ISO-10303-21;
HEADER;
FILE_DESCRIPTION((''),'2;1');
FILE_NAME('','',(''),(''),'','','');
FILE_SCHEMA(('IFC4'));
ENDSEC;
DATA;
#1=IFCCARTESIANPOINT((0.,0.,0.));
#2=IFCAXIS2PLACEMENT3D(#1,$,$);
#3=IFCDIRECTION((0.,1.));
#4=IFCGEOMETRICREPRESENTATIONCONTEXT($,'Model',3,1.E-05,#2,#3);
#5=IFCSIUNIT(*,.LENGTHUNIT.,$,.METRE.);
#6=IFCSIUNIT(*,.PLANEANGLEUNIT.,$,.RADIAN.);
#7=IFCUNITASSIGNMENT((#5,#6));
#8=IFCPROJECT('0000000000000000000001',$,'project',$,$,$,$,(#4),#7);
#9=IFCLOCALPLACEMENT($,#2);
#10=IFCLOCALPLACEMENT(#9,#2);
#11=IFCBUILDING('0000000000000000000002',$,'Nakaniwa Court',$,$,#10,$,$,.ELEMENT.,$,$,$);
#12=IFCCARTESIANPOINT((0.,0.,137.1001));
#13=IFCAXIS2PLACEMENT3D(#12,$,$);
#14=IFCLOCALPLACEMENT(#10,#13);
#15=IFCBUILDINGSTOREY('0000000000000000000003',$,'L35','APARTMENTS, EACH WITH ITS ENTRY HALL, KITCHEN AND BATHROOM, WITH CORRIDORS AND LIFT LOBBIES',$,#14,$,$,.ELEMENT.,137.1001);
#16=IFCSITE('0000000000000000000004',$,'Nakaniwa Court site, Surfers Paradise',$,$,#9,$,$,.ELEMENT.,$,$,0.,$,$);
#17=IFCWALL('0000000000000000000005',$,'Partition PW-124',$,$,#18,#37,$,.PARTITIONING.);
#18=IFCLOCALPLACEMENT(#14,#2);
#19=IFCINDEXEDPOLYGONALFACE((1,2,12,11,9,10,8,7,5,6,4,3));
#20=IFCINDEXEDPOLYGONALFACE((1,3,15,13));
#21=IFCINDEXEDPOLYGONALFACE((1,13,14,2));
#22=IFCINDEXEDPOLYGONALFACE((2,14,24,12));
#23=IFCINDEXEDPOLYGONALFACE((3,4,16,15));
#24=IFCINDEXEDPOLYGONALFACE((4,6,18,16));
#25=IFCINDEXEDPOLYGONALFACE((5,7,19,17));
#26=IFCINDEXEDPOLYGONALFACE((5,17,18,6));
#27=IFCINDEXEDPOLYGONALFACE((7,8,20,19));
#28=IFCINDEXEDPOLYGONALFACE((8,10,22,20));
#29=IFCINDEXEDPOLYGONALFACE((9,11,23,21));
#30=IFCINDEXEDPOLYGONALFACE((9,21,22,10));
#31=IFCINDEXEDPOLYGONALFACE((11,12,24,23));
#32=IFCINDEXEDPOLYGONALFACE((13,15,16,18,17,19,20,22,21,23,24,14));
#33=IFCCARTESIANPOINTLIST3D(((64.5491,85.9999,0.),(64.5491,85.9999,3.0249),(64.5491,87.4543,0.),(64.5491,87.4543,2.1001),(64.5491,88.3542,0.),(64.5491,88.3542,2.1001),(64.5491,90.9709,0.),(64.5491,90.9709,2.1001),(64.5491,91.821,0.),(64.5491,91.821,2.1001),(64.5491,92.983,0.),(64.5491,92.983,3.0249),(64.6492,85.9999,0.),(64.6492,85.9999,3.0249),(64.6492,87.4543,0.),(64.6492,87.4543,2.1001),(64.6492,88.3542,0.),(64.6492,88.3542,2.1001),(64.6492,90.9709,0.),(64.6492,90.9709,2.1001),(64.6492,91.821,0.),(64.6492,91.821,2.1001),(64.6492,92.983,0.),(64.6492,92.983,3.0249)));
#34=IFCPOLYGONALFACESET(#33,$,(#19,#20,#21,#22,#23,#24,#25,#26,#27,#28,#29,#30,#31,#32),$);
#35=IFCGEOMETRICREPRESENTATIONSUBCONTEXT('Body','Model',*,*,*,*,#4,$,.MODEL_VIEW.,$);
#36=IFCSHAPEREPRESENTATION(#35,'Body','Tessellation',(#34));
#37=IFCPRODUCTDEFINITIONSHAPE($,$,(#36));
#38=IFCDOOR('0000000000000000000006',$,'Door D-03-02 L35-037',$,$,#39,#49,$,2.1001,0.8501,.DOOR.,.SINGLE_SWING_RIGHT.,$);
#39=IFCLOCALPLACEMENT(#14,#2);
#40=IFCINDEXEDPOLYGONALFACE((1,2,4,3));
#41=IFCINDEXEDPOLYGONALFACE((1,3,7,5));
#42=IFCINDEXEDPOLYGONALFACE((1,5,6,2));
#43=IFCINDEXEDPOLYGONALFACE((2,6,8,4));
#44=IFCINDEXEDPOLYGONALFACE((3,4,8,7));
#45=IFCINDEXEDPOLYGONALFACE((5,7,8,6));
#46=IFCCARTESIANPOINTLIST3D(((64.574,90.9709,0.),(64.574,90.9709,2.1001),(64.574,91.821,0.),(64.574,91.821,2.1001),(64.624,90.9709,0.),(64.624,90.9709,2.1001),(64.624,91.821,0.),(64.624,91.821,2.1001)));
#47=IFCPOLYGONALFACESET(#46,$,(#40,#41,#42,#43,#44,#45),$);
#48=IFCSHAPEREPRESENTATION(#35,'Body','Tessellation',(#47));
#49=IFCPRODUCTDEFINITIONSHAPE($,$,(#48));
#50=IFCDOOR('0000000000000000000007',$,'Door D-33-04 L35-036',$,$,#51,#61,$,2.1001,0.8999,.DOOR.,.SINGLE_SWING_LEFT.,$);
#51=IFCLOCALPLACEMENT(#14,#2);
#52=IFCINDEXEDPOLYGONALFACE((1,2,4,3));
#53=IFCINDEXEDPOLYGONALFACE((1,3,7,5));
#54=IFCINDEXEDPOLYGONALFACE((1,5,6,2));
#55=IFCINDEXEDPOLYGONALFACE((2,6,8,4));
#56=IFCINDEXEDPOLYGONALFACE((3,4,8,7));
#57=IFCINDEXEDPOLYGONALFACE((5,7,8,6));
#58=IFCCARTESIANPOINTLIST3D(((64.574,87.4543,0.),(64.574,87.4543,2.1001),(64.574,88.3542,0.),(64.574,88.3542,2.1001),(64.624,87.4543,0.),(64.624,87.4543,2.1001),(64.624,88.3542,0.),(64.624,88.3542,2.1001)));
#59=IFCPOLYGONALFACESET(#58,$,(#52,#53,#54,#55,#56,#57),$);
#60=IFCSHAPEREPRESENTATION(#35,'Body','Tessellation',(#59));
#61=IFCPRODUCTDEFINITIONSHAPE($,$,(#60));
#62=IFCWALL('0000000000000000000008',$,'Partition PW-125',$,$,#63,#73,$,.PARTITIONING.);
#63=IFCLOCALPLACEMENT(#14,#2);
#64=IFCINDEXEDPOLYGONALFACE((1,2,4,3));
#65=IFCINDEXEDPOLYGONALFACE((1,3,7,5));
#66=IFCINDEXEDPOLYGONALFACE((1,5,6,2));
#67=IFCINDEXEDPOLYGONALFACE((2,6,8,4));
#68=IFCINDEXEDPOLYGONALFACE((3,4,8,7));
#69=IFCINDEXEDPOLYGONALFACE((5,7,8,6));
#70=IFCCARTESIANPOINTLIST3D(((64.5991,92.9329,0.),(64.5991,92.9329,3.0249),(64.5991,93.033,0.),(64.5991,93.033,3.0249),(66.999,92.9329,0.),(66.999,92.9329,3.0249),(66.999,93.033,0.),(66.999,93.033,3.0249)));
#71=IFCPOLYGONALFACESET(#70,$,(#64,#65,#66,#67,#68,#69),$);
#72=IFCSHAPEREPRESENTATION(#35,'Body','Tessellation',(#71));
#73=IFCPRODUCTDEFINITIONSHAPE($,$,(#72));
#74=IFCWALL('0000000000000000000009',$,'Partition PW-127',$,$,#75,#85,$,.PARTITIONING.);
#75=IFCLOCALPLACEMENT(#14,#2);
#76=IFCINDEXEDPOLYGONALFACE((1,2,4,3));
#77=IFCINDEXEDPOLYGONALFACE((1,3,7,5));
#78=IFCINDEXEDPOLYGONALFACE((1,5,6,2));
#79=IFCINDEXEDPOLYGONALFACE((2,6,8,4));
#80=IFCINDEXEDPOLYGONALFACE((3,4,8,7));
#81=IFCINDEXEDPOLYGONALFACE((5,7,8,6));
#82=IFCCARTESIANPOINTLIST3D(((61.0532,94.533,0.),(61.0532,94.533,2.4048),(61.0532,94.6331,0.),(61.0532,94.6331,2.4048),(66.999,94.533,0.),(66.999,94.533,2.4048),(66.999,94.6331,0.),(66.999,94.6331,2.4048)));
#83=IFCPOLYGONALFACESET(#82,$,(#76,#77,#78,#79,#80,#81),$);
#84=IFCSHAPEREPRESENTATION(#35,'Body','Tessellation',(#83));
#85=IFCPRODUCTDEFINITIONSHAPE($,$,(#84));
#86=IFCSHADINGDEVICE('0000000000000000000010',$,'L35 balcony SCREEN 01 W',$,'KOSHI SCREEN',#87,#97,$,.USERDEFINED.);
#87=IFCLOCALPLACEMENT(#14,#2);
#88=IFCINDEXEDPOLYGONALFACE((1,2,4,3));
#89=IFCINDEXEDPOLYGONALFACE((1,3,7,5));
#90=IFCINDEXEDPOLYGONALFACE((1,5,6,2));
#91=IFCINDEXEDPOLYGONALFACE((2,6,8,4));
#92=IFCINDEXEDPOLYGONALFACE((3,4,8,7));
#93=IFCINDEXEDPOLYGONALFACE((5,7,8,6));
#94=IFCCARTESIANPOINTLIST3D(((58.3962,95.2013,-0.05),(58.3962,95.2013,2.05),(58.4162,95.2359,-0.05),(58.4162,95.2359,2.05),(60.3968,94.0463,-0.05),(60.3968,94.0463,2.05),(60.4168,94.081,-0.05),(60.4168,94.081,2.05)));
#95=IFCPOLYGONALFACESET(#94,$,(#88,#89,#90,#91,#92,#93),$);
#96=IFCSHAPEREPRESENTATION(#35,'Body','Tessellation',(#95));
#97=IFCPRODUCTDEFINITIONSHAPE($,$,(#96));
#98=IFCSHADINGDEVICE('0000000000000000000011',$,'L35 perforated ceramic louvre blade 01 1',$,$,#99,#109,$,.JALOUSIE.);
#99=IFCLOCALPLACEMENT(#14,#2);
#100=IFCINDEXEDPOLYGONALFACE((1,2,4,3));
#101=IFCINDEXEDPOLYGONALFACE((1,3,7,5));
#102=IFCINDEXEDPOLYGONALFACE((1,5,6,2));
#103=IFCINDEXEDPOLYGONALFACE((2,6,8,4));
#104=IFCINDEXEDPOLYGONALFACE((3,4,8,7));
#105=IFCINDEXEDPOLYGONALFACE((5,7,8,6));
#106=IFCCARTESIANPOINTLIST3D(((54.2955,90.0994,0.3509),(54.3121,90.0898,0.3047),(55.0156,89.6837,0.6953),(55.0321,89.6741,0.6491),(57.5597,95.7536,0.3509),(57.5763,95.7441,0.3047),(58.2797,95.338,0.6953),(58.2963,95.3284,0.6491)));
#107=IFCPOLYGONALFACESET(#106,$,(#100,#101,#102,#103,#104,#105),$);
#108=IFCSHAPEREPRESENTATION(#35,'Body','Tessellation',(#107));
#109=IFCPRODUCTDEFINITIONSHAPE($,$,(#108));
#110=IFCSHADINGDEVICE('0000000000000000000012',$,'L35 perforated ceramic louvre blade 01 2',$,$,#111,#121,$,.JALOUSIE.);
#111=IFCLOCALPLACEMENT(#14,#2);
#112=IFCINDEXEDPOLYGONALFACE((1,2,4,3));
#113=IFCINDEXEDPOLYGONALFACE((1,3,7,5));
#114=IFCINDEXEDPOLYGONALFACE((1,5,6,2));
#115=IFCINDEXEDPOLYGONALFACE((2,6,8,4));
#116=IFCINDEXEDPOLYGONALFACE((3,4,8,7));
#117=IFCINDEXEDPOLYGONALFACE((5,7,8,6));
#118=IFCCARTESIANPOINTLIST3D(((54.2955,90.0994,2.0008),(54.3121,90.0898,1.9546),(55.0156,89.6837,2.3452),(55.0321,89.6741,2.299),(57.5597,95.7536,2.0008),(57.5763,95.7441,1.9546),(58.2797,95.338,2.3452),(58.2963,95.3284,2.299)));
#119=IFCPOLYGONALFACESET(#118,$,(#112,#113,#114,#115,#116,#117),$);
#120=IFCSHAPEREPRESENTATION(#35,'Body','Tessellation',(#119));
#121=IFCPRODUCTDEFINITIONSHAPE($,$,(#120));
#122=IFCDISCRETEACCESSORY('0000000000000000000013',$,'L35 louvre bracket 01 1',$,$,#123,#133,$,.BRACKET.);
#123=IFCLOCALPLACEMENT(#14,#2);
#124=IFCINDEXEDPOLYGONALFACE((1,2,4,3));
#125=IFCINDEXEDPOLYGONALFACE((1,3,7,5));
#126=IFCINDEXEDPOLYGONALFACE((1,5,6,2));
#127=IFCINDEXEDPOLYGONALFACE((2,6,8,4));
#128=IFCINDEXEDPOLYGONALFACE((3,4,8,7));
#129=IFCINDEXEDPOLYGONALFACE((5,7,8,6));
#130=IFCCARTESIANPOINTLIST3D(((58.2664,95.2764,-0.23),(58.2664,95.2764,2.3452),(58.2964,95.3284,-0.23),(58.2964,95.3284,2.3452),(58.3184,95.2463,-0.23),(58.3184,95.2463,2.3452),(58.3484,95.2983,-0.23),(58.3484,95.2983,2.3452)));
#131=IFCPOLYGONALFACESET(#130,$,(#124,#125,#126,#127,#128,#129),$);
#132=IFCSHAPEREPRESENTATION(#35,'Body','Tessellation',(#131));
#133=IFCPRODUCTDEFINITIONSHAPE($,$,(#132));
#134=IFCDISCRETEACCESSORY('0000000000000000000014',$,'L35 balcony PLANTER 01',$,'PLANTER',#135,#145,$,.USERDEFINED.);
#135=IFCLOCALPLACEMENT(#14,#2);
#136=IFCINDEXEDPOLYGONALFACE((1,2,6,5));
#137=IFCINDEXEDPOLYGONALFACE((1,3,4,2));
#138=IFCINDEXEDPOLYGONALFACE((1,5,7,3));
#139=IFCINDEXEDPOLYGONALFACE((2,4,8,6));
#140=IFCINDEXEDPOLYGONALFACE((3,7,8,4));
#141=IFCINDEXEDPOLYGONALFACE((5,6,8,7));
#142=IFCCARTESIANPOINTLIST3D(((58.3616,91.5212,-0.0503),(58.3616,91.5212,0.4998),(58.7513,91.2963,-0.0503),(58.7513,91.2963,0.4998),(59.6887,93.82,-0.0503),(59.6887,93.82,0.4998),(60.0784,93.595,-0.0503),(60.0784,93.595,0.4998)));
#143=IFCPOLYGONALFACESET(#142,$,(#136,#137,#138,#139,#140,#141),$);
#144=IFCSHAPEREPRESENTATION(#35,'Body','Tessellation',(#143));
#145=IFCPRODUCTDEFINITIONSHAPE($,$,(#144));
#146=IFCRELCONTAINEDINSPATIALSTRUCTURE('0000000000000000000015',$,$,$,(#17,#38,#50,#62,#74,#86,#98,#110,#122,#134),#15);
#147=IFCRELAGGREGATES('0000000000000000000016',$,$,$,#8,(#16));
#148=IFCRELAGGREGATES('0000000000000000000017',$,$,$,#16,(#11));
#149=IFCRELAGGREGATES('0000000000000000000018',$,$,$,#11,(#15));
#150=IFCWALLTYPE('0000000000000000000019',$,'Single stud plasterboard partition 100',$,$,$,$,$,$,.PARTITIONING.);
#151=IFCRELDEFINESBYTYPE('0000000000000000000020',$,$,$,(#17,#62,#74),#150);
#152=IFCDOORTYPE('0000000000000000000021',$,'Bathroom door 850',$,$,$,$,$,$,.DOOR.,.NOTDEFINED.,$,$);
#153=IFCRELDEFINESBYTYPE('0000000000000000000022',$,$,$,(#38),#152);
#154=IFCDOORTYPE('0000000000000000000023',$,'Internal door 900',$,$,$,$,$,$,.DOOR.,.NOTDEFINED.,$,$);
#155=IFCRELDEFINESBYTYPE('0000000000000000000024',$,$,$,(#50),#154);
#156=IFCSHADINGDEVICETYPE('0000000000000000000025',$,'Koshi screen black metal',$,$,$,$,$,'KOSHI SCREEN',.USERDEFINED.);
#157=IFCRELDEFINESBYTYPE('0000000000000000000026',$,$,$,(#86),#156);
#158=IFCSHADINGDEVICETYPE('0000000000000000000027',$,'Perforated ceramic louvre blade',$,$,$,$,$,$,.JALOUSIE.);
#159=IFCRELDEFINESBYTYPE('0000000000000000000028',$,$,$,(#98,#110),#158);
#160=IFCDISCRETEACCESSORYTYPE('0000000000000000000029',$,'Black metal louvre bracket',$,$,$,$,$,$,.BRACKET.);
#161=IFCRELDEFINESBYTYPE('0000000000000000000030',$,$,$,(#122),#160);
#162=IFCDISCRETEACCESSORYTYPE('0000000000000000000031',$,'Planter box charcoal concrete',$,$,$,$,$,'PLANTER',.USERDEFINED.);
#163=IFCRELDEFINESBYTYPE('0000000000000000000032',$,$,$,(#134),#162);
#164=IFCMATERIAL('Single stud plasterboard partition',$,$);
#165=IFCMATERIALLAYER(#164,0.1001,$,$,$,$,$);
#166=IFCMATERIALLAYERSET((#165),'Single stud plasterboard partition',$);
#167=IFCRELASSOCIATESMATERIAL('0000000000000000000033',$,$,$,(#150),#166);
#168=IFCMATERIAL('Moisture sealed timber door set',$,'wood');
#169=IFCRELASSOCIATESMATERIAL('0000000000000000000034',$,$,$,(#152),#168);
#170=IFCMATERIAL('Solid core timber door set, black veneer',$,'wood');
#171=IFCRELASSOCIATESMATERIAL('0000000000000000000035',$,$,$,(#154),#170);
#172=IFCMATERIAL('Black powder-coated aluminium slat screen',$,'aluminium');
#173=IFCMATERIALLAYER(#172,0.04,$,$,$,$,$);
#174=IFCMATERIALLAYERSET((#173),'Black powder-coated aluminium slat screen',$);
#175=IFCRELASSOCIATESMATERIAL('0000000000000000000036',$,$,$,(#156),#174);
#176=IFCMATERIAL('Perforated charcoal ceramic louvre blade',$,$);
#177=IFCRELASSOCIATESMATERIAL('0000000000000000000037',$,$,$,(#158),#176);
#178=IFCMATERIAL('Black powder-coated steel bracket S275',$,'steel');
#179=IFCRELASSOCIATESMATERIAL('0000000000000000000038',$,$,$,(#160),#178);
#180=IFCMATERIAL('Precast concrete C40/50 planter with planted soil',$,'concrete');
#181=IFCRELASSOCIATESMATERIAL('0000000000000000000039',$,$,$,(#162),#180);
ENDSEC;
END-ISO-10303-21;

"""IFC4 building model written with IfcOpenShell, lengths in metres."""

from ifc_helpers import new_model, si_unit, direction, frame, frame_2d, origin, origin_2d, place, context, subcontext, project, spatial, rectangle, extrude, material, layer, layer_set, material_profile, profile_set, type_object, element, fill, save


model = new_model("IFC4")

# Units and contexts
model_context = context("Model", 3, precision=1e-05, world=origin(), true_north=direction((0.0, 1.0)))
body_context = subcontext(model_context, "Body", "Model", "MODEL_VIEW")
ifc_project = project(units=[si_unit("LENGTHUNIT", "METRE"), si_unit("PLANEANGLEUNIT", "RADIAN")], contexts=[model_context])

# Site, building, storey
site_placement = place(None, origin())
site = spatial("IfcSite", under=ifc_project, at=site_placement, Name="Nakaniwa Court site, Surfers Paradise", CompositionType="ELEMENT", RefElevation=0.0)
building_placement = place(site_placement, origin())
building = spatial("IfcBuilding", under=site, at=building_placement, Name="Nakaniwa Court", CompositionType="ELEMENT")
storey_placement = place(building_placement, frame((0.0, 0.0, 137.1001)))
storey = spatial("IfcBuildingStorey", under=building, at=storey_placement, Name="L35", Description="APARTMENTS, EACH WITH ITS ENTRY HALL, KITCHEN AND BATHROOM, WITH CORRIDORS AND LIFT LOBBIES", CompositionType="ELEMENT", Elevation=137.1001)

# Shared definitions
ifc_material_1 = material(Name="Solid core timber door set, black veneer", Category="wood")

# Wall, openings, doors
ifc_material_2 = material(Name="Single stud plasterboard partition")
ifc_layer_1 = layer(ifc_material_2, 0.1001)
ifc_layer_set_1 = layer_set([ifc_layer_1], Name="Single stud plasterboard partition")
wall_type_1 = type_object("IfcWallType", Name="Single stud plasterboard partition 100", PredefinedType="PARTITIONING", material=ifc_layer_set_1)
wall_1_placement = place(storey_placement, frame((64.5991, 92.9832, 0.0), z_axis=(0.0, 0.0, 1.0), x_axis=(0.0, -1.0, 0.0)))
wall_1 = element("IfcWall", 1, at=wall_1_placement, inside=storey, type_object=wall_type_1, Name="Partition PW-124", PredefinedType="PARTITIONING", context=body_context, shape_type="SweptSolid", body=[
    extrude(rectangle(XDim=6.9832, YDim=0.1001, at=frame_2d((3.4917, 0.0))), origin(), (0.0, 0.0, 1.0), 3.0249),
])
opening_1_placement = place(wall_1_placement, frame((4.6289, 0.0, 0.0)))
opening_1 = element("IfcOpeningElement", 2, at=opening_1_placement, cuts=wall_1, PredefinedType="OPENING", context=body_context, shape_type="SweptSolid", body=[
    extrude(rectangle(XDim=0.8999, YDim=2.1001, at=frame_2d((0.45, 1.05))), frame((0.0, 0.0601, 0.0), z_axis=(0.0, -1.0, 0.0), x_axis=(1.0, 0.0, 0.0)), (0.0, 0.0, 1.0), 0.1201),
])
opening_2_placement = place(wall_1_placement, frame((1.1621, 0.0, 0.0)))
opening_2 = element("IfcOpeningElement", 3, at=opening_2_placement, cuts=wall_1, PredefinedType="OPENING", context=body_context, shape_type="SweptSolid", body=[
    extrude(rectangle(XDim=0.8501, YDim=2.1001, at=frame_2d((0.425, 1.05))), frame((0.0, 0.0601, 0.0), z_axis=(0.0, -1.0, 0.0), x_axis=(1.0, 0.0, 0.0)), (0.0, 0.0, 1.0), 0.1201),
])
ifc_material_3 = material(Name="Moisture sealed timber door set", Category="wood")
door_type_1 = type_object("IfcDoorType", Name="Bathroom door 850", OperationType="NOTDEFINED", PredefinedType="DOOR", material=ifc_material_3)
door_1_placement = place(opening_2_placement, origin())
door_1 = element("IfcDoor", 4, at=door_1_placement, inside=storey, type_object=door_type_1, Name="Door D-03-02 L35-037", OperationType="SINGLE_SWING_RIGHT", OverallHeight=2.1001, OverallWidth=0.8501, PredefinedType="DOOR", context=body_context, shape_type="SweptSolid", body=[
    extrude(rectangle(XDim=0.8501, YDim=2.1001, at=frame_2d((0.425, 1.05))), frame((0.0, 0.0249, 0.0), z_axis=(0.0, -1.0, 0.0), x_axis=(1.0, 0.0, 0.0)), (0.0, 0.0, 1.0), 0.05),
])
fill(opening_2, door_1)
door_type_2 = type_object("IfcDoorType", Name="Internal door 900", OperationType="NOTDEFINED", PredefinedType="DOOR", material=ifc_material_1)
door_2_placement = place(opening_1_placement, origin())
door_2 = element("IfcDoor", 5, at=door_2_placement, inside=storey, type_object=door_type_2, Name="Door D-33-04 L35-036", OperationType="SINGLE_SWING_LEFT", OverallHeight=2.1001, OverallWidth=0.8999, PredefinedType="DOOR", context=body_context, shape_type="SweptSolid", body=[
    extrude(rectangle(XDim=0.8999, YDim=2.1001, at=frame_2d((0.45, 1.05))), frame((0.0, 0.0249, 0.0), z_axis=(0.0, -1.0, 0.0), x_axis=(1.0, 0.0, 0.0)), (0.0, 0.0, 1.0), 0.05),
])
fill(opening_1, door_2)

# Walls
wall_2_placement = place(storey_placement, frame((64.5991, 92.9829, 0.0), z_axis=(0.0, 0.0, 1.0), x_axis=(1.0, 0.0, 0.0)))
element("IfcWall", 6, at=wall_2_placement, inside=storey, type_object=wall_type_1, Name="Partition PW-125", PredefinedType="PARTITIONING", context=body_context, shape_type="SweptSolid", body=[
    extrude(rectangle(XDim=2.3999, YDim=0.1001, at=frame_2d((1.2, 0.0))), origin(), (0.0, 0.0, 1.0), 3.0249),
])
wall_3_placement = place(storey_placement, frame((61.0532, 94.583, 0.0), z_axis=(0.0, 0.0, 1.0), x_axis=(1.0, 0.0, 0.0)))
element("IfcWall", 7, at=wall_3_placement, inside=storey, type_object=wall_type_1, Name="Partition PW-127", PredefinedType="PARTITIONING", context=body_context, shape_type="SweptSolid", body=[
    extrude(rectangle(XDim=5.9458, YDim=0.1001, at=frame_2d((2.9729, 0.0))), origin(), (0.0, 0.0, 1.0), 2.4048),
])

# Shading devices
ifc_material_4 = material(Name="Black powder-coated aluminium slat screen", Category="aluminium")
ifc_layer_2 = layer(ifc_material_4, 0.04)
ifc_layer_set_2 = layer_set([ifc_layer_2], Name="Black powder-coated aluminium slat screen")
shading_device_type_1 = type_object("IfcShadingDeviceType", Name="Koshi screen black metal", ElementType="KOSHI SCREEN", PredefinedType="USERDEFINED", material=ifc_layer_set_2)
shading_device_placement = place(storey_placement, frame((59.4065, 94.6411, -0.05), z_axis=(0.0, 0.0, 1.0), x_axis=(-0.499976, -0.866039, 0.0)))
element("IfcShadingDevice", 8, at=shading_device_placement, inside=storey, type_object=shading_device_type_1, Name="L35 balcony SCREEN 01 W", ObjectType="KOSHI SCREEN", PredefinedType="USERDEFINED", context=body_context, shape_type="SweptSolid", body=[
    extrude(rectangle(XDim=0.04, YDim=2.3101, at=origin_2d()), origin(), (0.0, 0.0, 1.0), 2.1001),
])
ifc_material_5 = material(Name="Perforated charcoal ceramic louvre blade")
ifc_material_profile_1 = material_profile(ifc_material_5, rectangle(XDim=0.8999, YDim=0.05, at=origin_2d()), Name="Perforated ceramic louvre blade")
ifc_profile_set_1 = profile_set([ifc_material_profile_1], Name="Perforated charcoal ceramic louvre blade")
shading_device_type_2 = type_object("IfcShadingDeviceType", Name="Perforated ceramic louvre blade", PredefinedType="JALOUSIE", material=ifc_profile_set_1)
for number, where, z_axis, x_axis, name in (
    (9, (57.928, 95.541, 0.5), (-0.49996, -0.866049, 0.0), (0.800125, -0.461903, 0.382683), "L35 perforated ceramic louvre blade 01 1"),
    (10, (57.928, 95.541, 2.1499), (-0.49996, -0.866049, 0.0), (0.800125, -0.461903, 0.382683), "L35 perforated ceramic louvre blade 01 2"),
):
    element("IfcShadingDevice", number, at=place(storey_placement, frame(where, z_axis=z_axis, x_axis=x_axis)), inside=storey, type_object=shading_device_type_2, Name=name, PredefinedType="JALOUSIE", context=body_context, shape_type="SweptSolid", body=[
        extrude(rectangle(XDim=0.8999, YDim=0.05, at=origin_2d()), origin(), (0.0, 0.0, 1.0), 6.5288),
    ])

# Discrete accessories
ifc_material_6 = material(Name="Black powder-coated steel bracket S275", Category="steel")
discrete_accessory_type_1 = type_object("IfcDiscreteAccessoryType", Name="Black metal louvre bracket", PredefinedType="BRACKET", material=ifc_material_6)
discrete_accessory_1_placement = place(storey_placement, frame((58.3074, 95.2874, -0.23), z_axis=(0.0, 0.0, 1.0), x_axis=(-0.499976, -0.866039, 0.0)))
element("IfcDiscreteAccessory", 11, at=discrete_accessory_1_placement, inside=storey, type_object=discrete_accessory_type_1, Name="L35 louvre bracket 01 1", PredefinedType="BRACKET", context=body_context, shape_type="SweptSolid", body=[
    extrude(rectangle(XDim=0.0601, YDim=0.0601, at=origin_2d()), origin(), (0.0, 0.0, 1.0), 2.5752),
])
ifc_material_7 = material(Name="Precast concrete C40/50 planter with planted soil", Category="concrete")
discrete_accessory_type_2 = type_object("IfcDiscreteAccessoryType", Name="Planter box charcoal concrete", ElementType="PLANTER", PredefinedType="USERDEFINED", material=ifc_material_7)
discrete_accessory_2_placement = place(storey_placement, frame((59.22, 92.5581, -0.0503), z_axis=(0.0, 0.0, 1.0), x_axis=(-0.499976, -0.866039, 0.0)))
element("IfcDiscreteAccessory", 12, at=discrete_accessory_2_placement, inside=storey, type_object=discrete_accessory_type_2, Name="L35 balcony PLANTER 01", ObjectType="PLANTER", PredefinedType="USERDEFINED", context=body_context, shape_type="SweptSolid", body=[
    extrude(rectangle(XDim=2.6543, YDim=0.45, at=origin_2d()), origin(), (0.0, 0.0, 1.0), 0.55),
])

save(model, "model.ifc")
